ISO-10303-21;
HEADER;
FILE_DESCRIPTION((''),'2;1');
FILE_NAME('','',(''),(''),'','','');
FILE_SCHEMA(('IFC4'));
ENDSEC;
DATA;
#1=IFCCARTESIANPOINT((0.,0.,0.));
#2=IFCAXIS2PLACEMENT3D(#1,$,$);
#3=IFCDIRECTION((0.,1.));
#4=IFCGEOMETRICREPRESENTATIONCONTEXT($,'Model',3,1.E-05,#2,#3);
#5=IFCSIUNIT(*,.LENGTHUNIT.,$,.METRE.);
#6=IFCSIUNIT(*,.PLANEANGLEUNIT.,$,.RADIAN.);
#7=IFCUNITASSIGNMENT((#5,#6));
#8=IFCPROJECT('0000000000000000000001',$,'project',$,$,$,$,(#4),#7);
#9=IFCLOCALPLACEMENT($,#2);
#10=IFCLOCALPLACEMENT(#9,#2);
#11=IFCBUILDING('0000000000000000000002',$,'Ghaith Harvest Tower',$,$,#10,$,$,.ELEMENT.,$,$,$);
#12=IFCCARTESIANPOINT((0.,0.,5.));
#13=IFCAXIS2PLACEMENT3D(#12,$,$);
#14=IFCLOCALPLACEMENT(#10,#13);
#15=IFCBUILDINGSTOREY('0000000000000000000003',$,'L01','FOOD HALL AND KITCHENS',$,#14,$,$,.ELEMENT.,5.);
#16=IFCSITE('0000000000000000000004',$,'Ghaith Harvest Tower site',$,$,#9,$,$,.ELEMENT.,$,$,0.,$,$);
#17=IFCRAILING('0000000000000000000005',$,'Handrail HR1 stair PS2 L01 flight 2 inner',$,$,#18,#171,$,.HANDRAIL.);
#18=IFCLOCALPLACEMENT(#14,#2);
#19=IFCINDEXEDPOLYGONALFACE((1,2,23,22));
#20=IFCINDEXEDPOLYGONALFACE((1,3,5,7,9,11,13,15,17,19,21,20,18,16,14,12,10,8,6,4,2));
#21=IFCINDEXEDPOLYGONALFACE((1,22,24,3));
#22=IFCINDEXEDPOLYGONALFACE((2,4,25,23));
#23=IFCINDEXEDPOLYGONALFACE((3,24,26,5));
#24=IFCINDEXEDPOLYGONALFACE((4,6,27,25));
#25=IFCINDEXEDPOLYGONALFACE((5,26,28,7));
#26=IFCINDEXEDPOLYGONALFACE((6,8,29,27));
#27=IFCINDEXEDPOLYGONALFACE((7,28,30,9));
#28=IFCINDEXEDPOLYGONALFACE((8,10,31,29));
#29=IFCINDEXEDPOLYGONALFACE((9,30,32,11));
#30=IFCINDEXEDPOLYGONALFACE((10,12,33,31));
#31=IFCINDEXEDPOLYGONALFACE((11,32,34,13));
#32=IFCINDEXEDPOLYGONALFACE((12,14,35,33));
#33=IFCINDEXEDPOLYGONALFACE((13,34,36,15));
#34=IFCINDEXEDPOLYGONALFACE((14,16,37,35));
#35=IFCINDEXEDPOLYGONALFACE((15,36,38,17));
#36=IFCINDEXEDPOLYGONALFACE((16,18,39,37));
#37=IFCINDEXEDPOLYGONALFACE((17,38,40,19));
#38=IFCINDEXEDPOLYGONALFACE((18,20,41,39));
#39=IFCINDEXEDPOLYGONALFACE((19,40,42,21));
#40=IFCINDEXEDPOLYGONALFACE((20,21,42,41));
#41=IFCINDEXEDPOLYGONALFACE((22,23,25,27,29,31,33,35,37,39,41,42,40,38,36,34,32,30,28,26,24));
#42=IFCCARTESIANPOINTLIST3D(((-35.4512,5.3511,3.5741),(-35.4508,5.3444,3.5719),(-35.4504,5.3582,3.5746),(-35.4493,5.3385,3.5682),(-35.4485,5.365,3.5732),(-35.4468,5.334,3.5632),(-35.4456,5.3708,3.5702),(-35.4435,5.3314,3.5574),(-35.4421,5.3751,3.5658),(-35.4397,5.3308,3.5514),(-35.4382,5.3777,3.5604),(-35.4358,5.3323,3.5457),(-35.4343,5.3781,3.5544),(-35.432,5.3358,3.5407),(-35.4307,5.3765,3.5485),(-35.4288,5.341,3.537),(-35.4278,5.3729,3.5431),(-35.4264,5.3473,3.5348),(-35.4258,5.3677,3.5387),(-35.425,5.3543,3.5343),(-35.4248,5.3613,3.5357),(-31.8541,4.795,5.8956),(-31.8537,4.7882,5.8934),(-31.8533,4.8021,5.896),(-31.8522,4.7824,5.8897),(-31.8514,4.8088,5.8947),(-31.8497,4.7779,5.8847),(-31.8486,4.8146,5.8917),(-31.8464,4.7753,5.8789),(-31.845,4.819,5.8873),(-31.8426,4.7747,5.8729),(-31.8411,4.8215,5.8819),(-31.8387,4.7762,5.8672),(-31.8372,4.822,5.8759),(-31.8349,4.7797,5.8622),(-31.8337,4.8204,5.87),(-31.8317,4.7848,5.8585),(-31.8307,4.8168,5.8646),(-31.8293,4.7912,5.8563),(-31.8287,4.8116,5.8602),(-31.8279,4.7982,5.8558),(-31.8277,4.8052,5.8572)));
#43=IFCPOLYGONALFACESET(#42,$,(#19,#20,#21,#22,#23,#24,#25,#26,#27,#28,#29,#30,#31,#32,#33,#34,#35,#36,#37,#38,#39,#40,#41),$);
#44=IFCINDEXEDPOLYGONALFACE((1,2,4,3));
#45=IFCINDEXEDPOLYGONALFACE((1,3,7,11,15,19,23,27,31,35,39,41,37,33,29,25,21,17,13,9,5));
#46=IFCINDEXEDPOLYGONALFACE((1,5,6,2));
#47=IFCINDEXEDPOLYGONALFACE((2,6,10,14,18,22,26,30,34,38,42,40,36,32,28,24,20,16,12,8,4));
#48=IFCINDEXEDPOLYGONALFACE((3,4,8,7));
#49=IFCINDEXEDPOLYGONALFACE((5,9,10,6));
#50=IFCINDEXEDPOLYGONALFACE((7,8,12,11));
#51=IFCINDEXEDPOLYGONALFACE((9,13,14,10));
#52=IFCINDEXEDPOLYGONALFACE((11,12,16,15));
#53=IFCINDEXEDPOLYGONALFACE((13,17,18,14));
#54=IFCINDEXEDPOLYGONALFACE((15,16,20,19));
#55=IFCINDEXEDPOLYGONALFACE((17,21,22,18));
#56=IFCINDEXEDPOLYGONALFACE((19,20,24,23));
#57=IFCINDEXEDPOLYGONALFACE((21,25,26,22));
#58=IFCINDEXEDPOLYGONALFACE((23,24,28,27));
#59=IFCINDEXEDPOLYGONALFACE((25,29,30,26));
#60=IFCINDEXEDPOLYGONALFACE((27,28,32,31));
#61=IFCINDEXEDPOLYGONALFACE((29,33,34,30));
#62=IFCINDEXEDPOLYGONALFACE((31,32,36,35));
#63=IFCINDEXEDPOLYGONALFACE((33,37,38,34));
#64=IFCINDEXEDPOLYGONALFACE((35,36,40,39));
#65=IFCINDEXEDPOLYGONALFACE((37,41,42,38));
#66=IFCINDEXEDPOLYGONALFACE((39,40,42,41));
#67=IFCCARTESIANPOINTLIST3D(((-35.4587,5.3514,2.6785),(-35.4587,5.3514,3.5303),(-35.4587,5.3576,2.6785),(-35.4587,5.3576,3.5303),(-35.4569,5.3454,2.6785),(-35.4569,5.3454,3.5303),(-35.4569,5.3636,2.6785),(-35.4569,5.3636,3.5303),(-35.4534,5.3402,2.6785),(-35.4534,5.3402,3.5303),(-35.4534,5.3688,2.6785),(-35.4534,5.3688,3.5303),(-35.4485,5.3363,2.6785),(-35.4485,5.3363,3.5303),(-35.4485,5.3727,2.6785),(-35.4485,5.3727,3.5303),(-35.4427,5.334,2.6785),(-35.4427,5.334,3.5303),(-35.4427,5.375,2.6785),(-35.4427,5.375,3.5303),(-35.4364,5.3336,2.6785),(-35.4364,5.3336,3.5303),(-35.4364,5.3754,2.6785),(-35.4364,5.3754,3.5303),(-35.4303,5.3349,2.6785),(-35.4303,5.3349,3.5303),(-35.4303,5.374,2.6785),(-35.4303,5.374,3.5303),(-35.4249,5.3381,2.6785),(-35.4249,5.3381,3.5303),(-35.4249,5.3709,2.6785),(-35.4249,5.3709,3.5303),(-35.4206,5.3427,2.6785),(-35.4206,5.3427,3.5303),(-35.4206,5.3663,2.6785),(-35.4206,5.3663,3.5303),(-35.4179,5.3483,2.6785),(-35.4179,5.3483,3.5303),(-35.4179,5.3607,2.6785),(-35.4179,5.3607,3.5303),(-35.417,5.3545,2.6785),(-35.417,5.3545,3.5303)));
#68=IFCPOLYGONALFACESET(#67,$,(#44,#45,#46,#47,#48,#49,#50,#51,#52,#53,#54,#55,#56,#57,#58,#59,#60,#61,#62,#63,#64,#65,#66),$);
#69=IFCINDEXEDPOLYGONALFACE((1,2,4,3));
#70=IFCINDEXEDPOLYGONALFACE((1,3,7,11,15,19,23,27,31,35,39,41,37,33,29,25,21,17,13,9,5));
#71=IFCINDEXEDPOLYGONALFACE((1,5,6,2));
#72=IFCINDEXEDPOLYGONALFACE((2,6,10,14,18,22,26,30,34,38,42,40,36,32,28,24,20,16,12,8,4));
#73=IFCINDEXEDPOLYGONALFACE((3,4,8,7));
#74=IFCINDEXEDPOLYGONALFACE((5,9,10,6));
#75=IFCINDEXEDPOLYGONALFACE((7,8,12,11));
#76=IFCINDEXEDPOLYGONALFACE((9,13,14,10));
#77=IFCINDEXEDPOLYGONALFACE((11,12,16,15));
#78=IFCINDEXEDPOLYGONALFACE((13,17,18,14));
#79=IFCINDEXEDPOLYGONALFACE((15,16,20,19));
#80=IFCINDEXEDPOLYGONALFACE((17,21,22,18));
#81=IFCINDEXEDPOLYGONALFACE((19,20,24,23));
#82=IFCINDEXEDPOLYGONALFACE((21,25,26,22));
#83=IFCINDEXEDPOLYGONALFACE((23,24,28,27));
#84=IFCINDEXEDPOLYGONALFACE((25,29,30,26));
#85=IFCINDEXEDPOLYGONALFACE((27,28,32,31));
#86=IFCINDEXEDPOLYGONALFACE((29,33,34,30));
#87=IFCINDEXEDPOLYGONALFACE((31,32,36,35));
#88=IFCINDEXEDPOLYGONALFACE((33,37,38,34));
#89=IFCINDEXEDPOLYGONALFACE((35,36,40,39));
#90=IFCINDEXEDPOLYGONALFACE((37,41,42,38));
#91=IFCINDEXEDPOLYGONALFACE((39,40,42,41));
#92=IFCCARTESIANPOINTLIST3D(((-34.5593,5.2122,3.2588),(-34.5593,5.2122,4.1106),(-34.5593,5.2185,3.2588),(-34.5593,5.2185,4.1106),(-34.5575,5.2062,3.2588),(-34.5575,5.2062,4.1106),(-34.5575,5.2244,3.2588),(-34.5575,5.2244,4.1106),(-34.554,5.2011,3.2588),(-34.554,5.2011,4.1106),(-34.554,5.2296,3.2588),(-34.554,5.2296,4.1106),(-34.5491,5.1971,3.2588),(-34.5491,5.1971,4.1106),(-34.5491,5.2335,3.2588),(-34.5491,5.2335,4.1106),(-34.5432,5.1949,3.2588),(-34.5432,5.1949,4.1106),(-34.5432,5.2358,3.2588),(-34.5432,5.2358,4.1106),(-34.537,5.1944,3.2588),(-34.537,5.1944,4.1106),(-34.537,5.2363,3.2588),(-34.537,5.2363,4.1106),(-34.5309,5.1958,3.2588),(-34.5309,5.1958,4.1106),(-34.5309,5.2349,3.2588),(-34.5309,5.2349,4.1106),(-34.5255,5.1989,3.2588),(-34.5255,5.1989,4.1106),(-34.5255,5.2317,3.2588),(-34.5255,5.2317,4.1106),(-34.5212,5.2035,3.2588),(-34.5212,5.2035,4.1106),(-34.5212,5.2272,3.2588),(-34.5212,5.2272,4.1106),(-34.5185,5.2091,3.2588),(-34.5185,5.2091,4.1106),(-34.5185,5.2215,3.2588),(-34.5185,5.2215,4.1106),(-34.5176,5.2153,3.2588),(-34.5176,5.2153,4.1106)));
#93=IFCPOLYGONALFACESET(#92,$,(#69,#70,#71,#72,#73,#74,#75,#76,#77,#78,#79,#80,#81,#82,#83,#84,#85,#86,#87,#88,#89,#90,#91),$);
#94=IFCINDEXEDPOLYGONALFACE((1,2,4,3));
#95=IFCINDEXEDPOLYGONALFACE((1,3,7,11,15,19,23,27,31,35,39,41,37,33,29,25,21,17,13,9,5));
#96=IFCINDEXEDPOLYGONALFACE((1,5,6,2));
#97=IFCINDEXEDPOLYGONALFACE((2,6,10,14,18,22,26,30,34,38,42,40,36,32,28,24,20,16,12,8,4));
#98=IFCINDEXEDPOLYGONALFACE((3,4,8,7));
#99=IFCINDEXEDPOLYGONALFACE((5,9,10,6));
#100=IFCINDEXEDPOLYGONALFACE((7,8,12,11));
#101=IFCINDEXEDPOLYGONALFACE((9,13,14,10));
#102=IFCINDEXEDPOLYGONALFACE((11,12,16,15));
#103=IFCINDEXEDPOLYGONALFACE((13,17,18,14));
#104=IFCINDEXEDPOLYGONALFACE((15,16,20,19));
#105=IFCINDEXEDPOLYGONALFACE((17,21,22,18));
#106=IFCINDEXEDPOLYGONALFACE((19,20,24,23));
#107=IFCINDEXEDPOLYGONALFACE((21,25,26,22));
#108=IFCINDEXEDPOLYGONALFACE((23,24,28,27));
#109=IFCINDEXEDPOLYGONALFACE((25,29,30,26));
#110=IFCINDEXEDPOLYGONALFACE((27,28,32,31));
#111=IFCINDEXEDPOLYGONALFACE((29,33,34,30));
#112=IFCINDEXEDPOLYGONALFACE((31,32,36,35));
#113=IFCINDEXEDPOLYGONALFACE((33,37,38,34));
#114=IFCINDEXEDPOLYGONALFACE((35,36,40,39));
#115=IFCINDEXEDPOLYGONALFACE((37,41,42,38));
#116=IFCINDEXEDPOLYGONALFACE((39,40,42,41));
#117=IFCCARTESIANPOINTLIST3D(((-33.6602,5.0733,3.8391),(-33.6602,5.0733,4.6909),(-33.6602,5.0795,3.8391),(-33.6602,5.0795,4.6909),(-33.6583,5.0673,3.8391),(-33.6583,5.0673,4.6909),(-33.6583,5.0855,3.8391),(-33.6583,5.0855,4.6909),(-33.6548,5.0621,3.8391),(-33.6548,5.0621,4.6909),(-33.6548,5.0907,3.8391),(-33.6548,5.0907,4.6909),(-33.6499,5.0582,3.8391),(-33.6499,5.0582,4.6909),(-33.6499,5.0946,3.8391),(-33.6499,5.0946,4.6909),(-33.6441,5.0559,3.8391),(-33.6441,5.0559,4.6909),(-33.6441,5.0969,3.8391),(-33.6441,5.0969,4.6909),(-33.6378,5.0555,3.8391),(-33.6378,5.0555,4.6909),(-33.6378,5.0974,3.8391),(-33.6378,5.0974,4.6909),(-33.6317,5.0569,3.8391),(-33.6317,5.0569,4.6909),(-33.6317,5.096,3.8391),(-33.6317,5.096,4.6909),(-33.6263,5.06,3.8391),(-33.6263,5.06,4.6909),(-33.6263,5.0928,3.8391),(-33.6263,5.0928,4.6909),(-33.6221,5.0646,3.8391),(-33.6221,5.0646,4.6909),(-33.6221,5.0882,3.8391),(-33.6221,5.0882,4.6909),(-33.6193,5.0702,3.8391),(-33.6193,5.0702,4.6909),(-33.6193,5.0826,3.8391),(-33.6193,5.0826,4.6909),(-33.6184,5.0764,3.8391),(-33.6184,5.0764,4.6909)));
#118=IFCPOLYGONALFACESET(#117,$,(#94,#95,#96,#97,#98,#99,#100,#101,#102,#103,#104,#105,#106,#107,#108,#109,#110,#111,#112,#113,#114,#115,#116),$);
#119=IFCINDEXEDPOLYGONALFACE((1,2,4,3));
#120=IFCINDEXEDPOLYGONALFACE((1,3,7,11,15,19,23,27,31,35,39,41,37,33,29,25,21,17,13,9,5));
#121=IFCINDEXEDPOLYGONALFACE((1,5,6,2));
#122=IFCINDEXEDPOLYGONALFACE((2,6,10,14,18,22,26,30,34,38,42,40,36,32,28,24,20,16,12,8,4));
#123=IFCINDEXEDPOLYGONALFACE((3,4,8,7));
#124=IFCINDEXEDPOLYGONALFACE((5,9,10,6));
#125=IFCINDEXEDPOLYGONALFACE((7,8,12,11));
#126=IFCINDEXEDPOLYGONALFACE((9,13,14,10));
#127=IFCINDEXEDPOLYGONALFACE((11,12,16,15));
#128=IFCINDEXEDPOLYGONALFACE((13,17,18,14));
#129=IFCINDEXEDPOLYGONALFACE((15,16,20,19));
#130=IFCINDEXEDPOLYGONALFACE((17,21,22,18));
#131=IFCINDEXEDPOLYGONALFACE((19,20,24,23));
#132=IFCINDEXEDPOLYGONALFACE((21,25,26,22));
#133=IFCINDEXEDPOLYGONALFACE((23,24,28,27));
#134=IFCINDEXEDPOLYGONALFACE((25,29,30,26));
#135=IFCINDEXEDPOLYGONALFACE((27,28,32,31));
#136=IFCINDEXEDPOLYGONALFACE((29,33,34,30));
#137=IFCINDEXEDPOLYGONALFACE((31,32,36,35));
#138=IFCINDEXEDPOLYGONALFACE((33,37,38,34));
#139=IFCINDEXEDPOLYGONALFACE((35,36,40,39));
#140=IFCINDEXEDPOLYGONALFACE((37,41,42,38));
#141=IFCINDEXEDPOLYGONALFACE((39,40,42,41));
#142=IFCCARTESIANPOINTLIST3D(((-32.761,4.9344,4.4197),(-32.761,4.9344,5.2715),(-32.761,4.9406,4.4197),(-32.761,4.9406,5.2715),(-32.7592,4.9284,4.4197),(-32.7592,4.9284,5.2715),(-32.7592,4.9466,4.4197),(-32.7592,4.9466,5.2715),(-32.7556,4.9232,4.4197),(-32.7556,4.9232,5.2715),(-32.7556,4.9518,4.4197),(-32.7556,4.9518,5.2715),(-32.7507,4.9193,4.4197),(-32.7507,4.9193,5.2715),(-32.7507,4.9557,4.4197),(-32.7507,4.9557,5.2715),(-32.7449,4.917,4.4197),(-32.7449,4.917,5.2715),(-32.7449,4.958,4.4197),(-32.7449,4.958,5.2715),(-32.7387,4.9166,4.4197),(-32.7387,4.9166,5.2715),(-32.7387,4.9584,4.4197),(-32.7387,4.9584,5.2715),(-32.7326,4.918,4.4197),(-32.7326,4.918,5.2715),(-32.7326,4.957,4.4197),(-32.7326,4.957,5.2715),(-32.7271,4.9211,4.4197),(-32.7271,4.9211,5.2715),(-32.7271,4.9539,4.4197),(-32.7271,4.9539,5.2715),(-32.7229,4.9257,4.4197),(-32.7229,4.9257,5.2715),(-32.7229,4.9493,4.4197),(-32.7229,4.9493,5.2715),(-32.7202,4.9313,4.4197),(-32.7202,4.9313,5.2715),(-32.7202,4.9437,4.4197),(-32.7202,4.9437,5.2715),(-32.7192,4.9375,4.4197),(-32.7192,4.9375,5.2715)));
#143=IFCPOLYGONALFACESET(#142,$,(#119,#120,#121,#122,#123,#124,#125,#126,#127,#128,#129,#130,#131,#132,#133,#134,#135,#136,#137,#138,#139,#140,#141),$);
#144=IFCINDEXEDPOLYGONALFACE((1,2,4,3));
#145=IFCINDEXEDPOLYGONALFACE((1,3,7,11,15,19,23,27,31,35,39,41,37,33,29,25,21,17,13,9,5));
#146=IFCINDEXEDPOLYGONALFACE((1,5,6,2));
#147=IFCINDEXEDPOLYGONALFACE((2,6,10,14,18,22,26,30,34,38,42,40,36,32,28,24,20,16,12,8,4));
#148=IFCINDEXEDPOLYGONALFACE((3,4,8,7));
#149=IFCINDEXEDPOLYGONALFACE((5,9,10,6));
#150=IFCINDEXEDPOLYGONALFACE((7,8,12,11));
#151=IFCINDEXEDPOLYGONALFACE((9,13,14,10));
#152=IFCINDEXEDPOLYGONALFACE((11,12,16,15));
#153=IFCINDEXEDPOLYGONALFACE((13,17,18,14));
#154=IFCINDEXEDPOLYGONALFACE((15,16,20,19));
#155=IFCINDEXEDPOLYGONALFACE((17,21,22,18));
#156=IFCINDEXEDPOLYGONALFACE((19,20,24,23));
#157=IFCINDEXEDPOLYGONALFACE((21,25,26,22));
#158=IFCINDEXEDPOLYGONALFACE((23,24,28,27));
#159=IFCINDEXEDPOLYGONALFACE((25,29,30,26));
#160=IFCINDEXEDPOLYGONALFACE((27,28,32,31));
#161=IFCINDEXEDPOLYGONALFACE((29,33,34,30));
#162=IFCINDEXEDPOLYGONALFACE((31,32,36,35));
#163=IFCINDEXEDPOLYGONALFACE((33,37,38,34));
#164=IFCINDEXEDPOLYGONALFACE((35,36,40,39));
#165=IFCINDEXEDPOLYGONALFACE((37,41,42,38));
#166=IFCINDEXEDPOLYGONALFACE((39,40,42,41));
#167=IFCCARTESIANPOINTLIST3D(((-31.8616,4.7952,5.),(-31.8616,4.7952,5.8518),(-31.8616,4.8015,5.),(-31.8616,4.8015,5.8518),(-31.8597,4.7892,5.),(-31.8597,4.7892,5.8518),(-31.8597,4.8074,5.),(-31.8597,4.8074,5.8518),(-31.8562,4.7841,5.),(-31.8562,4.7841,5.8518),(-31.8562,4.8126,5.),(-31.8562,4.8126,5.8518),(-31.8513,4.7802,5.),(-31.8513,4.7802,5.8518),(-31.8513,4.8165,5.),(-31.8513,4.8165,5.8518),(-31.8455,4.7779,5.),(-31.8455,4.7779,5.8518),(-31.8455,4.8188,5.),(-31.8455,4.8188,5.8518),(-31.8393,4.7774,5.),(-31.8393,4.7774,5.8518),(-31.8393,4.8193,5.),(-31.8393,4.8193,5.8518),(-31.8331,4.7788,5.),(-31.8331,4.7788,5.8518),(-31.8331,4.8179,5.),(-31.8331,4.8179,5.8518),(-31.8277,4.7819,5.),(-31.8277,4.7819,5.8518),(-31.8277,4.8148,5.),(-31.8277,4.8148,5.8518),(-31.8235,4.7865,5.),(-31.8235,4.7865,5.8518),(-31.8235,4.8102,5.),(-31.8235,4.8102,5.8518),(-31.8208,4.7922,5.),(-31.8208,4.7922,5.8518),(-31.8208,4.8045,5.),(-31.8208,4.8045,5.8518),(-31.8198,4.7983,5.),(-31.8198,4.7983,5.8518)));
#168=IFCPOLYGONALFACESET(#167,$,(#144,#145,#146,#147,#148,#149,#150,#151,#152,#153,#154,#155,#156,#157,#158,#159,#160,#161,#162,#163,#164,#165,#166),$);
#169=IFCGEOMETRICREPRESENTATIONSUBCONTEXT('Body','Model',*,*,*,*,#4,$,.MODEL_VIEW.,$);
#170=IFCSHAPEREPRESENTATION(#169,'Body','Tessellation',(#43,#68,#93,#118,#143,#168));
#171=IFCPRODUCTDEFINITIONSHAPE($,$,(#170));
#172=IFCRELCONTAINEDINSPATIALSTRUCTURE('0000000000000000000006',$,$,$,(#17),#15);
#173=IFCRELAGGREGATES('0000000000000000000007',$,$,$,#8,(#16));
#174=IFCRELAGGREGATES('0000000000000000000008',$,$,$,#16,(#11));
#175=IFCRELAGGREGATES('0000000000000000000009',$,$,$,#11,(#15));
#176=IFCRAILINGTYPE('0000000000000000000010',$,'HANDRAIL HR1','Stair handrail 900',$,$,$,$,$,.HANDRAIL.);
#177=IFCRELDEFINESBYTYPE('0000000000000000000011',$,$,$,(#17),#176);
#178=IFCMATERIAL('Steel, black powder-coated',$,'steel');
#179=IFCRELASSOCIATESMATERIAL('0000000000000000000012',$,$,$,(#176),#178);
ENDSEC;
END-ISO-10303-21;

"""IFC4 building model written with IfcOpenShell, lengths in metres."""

from ifc_helpers import new_model, si_unit, direction, frame, origin, origin_2d, place, context, subcontext, project, spatial, circle, extrude, material, type_object, element, save


model = new_model("IFC4")

# Units and contexts
model_context = context("Model", 3, precision=1e-05, world=origin(), true_north=direction((0.0, 1.0)))
body_context = subcontext(model_context, "Body", "Model", "MODEL_VIEW")
ifc_project = project(units=[si_unit("LENGTHUNIT", "METRE"), si_unit("PLANEANGLEUNIT", "RADIAN")], contexts=[model_context])

# Site, building, storey
site_placement = place(None, origin())
site = spatial("IfcSite", under=ifc_project, at=site_placement, Name="Ghaith Harvest Tower site", CompositionType="ELEMENT", RefElevation=0.0)
building_placement = place(site_placement, origin())
building = spatial("IfcBuilding", under=site, at=building_placement, Name="Ghaith Harvest Tower", CompositionType="ELEMENT")
storey_placement = place(building_placement, frame((0.0, 0.0, 5.0)))
storey = spatial("IfcBuildingStorey", under=building, at=storey_placement, Name="L01", Description="FOOD HALL AND KITCHENS", CompositionType="ELEMENT", Elevation=5.0)

# Railing
ifc_material_1 = material(Name="Steel, black powder-coated", Category="steel")
railing_type = type_object("IfcRailingType", Name="HANDRAIL HR1", Description="Stair handrail 900", PredefinedType="HANDRAIL", material=ifc_material_1)
railing_1_placement = place(storey_placement, frame((-35.438, 5.3545, 2.6785)))
element("IfcRailing", 1, at=railing_1_placement, inside=storey, type_object=railing_type, Name="Handrail HR1 stair PS2 L01 flight 2 inner", PredefinedType="HANDRAIL", context=body_context, shape_type="SweptSolid", body=[
    extrude(circle(Radius=0.0239, at=origin_2d()), frame((0.0, 0.0, 0.876), z_axis=(0.833213, -0.128822, 0.537737), x_axis=(0.152793, 0.988258, 0.0)), (0.0, 0.0, 1.0), 4.3171),
    extrude(circle(Radius=0.021, at=origin_2d()), origin(), (0.0, 0.0, 1.0), 0.8518),
    extrude(circle(Radius=0.021, at=origin_2d()), frame((0.8994, -0.1392, 0.5803)), (0.0, 0.0, 1.0), 0.8518),
    extrude(circle(Radius=0.021, at=origin_2d()), frame((1.7986, -0.2781, 1.1606)), (0.0, 0.0, 1.0), 0.8518),
    extrude(circle(Radius=0.021, at=origin_2d()), frame((2.6978, -0.417, 1.7412)), (0.0, 0.0, 1.0), 0.8518),
    extrude(circle(Radius=0.021, at=origin_2d()), frame((3.5972, -0.5562, 2.3215)), (0.0, 0.0, 1.0), 0.8518),
])

save(model, "model.ifc")
